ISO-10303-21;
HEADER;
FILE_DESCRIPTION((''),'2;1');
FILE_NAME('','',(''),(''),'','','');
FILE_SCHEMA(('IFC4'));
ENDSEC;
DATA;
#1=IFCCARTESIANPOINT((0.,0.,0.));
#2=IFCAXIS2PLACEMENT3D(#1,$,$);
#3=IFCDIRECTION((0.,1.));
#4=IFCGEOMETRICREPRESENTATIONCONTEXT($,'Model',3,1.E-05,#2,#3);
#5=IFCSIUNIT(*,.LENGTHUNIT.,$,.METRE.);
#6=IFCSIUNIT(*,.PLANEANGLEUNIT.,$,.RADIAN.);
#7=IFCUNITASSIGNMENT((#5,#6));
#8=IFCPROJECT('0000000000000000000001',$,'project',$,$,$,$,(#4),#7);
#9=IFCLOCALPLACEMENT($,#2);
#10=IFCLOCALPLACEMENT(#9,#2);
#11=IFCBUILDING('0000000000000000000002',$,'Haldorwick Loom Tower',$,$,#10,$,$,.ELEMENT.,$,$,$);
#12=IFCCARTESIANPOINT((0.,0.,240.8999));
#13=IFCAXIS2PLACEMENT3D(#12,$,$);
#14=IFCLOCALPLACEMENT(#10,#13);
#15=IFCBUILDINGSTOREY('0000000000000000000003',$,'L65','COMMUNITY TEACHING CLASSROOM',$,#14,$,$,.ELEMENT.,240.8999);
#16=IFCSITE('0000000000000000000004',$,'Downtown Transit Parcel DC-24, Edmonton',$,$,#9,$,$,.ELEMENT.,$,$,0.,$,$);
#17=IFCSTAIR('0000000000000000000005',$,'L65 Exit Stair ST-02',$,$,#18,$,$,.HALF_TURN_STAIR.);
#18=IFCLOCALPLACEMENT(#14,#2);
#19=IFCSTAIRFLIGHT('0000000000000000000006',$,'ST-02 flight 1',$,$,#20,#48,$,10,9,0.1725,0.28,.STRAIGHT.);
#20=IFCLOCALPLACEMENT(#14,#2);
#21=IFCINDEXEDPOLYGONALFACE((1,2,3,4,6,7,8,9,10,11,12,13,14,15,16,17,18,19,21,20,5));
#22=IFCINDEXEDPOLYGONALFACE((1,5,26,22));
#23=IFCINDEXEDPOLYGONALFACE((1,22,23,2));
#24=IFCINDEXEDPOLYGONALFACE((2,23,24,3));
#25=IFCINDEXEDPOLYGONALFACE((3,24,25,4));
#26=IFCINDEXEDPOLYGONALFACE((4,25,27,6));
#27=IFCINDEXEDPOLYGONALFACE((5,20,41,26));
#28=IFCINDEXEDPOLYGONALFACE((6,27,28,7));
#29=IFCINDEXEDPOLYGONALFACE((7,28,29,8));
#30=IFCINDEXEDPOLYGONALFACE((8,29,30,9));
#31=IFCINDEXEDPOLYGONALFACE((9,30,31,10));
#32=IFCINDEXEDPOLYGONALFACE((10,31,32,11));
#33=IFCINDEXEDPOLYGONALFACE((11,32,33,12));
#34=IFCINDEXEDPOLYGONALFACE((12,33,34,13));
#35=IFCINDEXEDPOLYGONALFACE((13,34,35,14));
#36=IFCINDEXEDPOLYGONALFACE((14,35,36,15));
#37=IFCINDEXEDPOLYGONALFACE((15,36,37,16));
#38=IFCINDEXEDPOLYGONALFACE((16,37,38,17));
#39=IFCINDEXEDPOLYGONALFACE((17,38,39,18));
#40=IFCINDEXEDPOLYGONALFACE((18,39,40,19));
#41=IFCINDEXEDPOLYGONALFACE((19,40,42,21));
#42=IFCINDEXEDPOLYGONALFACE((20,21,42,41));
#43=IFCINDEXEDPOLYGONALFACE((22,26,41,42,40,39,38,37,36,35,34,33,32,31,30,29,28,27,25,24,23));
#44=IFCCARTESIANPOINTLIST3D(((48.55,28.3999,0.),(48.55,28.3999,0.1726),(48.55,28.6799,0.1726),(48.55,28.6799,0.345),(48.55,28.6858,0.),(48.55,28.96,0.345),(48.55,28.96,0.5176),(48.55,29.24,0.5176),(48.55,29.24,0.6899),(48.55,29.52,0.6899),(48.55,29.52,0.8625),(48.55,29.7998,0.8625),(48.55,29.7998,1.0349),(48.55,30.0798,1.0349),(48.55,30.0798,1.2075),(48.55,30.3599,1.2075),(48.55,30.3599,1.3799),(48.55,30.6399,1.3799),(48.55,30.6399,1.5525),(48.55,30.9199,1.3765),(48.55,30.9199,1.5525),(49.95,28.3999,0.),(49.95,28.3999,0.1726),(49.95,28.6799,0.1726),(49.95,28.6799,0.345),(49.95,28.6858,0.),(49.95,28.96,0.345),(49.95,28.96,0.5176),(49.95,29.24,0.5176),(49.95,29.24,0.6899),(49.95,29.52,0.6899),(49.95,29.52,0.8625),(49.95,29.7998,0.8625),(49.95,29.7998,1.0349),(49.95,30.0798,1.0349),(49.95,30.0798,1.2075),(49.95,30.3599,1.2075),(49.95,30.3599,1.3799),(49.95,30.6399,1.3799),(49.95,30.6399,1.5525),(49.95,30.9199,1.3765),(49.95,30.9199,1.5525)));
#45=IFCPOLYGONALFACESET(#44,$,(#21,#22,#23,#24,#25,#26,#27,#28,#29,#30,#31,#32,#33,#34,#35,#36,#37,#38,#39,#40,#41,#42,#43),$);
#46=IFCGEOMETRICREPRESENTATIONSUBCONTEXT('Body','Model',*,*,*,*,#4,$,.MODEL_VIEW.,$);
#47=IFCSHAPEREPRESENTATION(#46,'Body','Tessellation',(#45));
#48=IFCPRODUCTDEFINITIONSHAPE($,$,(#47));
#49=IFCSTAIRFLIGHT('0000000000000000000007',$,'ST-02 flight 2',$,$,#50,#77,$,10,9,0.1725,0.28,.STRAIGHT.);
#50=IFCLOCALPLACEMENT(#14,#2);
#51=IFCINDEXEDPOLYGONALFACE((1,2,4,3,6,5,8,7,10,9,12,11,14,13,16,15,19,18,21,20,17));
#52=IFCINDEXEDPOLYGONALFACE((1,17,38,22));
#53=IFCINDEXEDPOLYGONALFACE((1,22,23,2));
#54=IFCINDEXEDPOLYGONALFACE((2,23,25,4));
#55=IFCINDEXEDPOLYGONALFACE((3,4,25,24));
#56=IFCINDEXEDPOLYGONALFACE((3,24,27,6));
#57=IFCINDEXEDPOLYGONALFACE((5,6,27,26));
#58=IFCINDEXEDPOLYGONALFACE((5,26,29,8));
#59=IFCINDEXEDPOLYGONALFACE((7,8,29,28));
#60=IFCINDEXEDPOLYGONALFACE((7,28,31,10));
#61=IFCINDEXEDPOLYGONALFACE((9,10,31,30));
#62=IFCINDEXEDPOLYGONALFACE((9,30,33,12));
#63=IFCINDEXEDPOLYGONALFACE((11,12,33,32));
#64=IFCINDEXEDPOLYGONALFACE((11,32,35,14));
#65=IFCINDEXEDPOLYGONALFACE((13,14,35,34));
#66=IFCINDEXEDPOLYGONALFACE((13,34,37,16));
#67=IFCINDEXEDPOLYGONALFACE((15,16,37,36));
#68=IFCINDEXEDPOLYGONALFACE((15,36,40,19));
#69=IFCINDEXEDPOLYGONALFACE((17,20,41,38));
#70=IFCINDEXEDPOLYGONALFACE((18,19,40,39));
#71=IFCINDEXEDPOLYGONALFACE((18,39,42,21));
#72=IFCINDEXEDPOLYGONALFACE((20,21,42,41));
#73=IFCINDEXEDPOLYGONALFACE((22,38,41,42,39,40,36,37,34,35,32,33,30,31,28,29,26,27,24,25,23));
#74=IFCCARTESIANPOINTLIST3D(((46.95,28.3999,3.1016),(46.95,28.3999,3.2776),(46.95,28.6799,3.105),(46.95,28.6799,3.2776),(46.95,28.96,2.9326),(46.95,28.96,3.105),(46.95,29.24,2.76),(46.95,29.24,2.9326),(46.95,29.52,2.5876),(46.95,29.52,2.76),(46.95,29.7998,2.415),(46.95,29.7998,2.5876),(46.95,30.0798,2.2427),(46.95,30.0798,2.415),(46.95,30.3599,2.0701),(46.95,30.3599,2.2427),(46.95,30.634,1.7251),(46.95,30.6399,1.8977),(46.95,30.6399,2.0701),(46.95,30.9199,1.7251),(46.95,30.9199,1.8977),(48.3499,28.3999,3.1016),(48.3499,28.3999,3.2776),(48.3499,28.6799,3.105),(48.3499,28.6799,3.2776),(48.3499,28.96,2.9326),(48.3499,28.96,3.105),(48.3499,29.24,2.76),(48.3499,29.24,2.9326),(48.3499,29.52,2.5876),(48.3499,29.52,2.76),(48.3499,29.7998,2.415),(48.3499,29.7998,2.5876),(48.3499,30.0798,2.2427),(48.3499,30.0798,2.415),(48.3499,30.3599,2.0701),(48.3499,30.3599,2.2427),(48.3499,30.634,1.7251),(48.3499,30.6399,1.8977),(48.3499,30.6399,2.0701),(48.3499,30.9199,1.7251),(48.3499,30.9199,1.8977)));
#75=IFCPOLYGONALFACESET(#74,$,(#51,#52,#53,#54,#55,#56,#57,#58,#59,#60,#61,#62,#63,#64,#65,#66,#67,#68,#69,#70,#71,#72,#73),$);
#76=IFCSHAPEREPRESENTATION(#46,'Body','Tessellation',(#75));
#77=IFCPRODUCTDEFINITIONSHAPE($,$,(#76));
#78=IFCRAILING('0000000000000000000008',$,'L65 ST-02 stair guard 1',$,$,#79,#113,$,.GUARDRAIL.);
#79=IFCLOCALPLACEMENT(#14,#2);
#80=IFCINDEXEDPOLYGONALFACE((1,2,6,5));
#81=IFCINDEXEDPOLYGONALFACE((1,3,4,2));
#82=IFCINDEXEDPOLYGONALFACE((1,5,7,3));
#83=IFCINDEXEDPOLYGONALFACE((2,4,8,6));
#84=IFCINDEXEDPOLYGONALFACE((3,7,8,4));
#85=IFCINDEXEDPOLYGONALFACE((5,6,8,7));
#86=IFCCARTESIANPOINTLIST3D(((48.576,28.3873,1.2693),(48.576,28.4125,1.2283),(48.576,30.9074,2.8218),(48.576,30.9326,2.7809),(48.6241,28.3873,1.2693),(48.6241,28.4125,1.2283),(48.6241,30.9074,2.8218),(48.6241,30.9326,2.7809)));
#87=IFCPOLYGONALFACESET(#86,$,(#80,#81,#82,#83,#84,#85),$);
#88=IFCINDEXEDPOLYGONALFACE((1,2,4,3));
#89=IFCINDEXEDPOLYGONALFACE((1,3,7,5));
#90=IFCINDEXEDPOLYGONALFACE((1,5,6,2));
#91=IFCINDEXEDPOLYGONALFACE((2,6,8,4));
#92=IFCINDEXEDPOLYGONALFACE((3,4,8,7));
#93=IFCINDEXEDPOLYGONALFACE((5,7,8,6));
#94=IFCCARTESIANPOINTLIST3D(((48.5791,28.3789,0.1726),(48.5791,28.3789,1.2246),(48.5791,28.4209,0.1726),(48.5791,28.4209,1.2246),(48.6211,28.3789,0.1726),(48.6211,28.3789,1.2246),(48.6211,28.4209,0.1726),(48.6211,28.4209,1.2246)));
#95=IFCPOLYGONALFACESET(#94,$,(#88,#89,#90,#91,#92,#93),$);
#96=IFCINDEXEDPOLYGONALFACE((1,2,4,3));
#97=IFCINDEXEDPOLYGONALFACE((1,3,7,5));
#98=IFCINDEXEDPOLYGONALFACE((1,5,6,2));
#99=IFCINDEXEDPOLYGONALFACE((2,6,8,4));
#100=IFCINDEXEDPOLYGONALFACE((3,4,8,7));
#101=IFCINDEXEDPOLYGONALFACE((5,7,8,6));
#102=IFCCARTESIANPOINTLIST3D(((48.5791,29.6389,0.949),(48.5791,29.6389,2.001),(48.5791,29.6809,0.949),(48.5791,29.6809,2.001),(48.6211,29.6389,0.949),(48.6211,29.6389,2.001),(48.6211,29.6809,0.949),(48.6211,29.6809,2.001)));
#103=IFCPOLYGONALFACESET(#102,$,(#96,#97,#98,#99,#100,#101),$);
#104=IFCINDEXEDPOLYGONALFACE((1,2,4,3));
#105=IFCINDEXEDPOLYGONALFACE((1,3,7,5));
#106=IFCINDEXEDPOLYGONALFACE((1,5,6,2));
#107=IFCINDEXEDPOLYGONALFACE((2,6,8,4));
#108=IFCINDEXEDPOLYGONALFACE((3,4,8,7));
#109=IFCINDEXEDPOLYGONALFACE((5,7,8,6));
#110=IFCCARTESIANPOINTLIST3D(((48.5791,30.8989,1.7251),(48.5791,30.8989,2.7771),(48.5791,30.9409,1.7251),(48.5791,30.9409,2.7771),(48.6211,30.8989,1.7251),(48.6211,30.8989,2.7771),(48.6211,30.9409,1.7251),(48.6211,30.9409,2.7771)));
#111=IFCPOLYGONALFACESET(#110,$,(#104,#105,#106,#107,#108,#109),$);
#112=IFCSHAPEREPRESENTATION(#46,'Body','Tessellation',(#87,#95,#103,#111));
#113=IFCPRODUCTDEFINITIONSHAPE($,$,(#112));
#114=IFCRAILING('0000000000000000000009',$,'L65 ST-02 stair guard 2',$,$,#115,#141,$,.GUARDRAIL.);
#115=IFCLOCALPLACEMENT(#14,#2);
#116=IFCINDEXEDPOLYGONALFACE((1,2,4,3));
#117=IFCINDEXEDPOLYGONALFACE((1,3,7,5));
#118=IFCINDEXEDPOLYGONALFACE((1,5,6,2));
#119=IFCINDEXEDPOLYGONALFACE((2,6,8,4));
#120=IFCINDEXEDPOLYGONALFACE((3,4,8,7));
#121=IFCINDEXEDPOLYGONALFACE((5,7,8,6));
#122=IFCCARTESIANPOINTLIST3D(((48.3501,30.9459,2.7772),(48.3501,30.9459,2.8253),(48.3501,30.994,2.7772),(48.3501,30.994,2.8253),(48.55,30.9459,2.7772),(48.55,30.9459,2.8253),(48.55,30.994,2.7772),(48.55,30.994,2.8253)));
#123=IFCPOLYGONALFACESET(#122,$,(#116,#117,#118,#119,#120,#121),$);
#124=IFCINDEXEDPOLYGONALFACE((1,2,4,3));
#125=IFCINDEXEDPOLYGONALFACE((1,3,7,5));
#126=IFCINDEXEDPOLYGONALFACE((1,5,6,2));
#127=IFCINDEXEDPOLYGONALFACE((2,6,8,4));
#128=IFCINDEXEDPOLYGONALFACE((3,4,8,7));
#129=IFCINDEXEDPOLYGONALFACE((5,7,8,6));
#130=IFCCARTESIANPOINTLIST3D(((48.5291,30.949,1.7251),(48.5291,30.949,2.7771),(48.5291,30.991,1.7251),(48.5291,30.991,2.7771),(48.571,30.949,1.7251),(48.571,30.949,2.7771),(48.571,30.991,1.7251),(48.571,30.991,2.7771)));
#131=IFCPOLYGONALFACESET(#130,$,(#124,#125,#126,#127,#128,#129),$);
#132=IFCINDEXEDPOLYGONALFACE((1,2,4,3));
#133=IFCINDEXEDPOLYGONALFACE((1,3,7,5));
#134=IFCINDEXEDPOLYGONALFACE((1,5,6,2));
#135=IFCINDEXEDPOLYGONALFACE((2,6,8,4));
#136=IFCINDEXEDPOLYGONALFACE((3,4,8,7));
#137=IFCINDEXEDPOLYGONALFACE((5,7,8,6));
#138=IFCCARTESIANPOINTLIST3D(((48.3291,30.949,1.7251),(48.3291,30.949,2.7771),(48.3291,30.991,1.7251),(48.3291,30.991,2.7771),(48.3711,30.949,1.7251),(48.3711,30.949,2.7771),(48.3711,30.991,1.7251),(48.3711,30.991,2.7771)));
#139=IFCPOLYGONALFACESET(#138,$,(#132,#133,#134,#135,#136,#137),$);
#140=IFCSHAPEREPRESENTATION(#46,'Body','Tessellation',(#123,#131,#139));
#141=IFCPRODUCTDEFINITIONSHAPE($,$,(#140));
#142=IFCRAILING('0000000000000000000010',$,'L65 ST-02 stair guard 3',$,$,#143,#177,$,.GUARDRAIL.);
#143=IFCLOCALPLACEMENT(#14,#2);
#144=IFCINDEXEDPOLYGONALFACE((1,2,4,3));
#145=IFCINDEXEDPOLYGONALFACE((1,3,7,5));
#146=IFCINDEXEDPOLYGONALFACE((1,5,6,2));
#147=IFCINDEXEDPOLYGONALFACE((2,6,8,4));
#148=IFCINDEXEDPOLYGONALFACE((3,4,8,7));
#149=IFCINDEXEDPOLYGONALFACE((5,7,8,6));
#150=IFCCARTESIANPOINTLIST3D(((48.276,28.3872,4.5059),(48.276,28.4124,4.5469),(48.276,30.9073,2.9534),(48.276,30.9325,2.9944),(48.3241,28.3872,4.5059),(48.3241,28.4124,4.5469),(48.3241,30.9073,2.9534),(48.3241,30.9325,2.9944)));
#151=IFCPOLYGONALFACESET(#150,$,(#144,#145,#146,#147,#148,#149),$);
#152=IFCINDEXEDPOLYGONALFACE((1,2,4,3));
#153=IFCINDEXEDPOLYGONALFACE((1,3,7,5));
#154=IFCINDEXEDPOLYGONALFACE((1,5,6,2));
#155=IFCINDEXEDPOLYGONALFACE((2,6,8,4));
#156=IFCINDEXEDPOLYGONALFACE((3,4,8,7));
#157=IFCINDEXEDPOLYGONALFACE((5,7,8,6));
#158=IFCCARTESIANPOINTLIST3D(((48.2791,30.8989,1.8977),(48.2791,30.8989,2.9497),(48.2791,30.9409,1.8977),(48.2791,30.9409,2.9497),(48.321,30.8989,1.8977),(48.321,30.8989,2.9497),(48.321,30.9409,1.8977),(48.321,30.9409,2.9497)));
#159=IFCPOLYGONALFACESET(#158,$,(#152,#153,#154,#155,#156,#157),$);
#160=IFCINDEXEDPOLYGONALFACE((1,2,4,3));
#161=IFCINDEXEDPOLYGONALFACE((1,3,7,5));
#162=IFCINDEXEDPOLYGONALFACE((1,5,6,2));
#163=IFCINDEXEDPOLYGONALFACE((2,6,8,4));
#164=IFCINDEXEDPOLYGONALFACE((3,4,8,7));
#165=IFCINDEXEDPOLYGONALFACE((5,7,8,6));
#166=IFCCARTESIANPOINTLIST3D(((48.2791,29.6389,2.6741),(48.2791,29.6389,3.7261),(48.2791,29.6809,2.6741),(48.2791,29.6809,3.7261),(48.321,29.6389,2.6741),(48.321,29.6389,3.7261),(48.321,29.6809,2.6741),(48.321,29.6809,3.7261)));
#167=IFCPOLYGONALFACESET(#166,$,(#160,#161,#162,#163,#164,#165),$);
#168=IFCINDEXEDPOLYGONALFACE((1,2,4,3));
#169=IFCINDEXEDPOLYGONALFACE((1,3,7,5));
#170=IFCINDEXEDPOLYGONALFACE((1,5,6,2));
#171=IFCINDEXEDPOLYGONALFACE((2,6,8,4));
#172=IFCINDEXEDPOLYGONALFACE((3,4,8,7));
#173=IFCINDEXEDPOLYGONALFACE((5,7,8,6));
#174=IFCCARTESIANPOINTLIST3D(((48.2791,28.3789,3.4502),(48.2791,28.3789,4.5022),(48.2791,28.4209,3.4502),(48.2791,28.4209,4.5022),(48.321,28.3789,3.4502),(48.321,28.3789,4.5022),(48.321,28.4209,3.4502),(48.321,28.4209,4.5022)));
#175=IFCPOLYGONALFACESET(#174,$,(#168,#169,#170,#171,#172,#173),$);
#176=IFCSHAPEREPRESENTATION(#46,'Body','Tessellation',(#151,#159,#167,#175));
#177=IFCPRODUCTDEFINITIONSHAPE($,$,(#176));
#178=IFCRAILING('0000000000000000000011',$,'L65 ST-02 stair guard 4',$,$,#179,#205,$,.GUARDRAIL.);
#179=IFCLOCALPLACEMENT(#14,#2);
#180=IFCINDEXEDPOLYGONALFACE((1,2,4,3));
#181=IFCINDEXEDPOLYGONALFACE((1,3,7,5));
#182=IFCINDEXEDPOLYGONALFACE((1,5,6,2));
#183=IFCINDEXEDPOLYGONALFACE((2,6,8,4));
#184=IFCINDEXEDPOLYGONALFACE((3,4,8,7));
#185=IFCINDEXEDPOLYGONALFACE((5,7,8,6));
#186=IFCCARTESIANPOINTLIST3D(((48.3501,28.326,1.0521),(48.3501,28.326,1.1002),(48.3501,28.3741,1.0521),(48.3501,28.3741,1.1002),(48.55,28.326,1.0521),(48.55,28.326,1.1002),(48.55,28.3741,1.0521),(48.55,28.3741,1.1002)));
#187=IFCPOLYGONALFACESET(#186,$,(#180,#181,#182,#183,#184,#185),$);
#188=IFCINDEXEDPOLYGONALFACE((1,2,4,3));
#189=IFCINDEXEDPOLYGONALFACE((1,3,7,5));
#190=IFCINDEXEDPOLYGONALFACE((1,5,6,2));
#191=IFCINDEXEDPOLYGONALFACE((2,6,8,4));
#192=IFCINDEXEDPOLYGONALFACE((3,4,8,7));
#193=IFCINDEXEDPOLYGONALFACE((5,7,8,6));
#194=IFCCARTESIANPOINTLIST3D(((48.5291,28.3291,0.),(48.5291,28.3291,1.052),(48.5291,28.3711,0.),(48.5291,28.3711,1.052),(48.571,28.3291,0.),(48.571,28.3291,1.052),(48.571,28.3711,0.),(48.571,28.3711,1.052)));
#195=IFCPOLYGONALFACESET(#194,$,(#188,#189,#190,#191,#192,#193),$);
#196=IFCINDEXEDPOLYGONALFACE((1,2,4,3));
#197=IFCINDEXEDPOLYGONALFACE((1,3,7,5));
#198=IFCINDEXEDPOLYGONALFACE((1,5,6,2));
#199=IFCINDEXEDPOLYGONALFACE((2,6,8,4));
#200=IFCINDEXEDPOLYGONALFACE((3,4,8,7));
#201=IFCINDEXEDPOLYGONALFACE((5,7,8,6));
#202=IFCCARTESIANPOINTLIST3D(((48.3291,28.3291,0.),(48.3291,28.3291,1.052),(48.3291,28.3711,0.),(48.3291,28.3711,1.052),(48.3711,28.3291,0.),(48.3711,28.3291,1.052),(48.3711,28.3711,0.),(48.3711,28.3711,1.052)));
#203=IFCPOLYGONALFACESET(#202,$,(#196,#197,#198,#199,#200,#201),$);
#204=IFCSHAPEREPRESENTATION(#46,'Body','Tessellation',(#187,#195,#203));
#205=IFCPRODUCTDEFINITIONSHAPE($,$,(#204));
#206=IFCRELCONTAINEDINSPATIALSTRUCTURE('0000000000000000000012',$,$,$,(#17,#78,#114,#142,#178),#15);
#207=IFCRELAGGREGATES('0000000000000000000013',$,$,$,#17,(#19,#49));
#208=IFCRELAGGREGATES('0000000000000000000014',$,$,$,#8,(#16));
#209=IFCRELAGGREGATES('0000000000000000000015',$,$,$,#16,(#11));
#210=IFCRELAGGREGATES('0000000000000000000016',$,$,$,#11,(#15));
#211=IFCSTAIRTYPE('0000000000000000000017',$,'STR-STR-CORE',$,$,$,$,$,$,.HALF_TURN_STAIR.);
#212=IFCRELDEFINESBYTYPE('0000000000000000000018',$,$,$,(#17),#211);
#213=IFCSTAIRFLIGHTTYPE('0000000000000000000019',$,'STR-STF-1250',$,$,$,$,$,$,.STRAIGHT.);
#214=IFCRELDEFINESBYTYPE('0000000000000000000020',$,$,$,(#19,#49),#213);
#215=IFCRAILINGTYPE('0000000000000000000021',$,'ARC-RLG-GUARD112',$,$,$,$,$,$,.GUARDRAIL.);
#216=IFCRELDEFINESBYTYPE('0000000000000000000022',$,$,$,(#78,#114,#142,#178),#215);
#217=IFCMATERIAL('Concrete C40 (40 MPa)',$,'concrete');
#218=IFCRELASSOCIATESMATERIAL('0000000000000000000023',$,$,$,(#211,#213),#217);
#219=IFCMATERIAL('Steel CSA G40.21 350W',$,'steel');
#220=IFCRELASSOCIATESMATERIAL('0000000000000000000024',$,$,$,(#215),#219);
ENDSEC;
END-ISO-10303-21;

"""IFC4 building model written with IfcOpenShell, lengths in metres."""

from ifc_helpers import new_model, si_unit, direction, frame, origin, origin_2d, place, context, subcontext, project, spatial, polyline, rectangle, outline, extrude, material, type_object, element, aggregate, save


model = new_model("IFC4")

# Units and contexts
model_context = context("Model", 3, precision=1e-05, world=origin(), true_north=direction((0.0, 1.0)))
body_context = subcontext(model_context, "Body", "Model", "MODEL_VIEW")
ifc_project = project(units=[si_unit("LENGTHUNIT", "METRE"), si_unit("PLANEANGLEUNIT", "RADIAN")], contexts=[model_context])

# Site, building, storey
site_placement = place(None, origin())
site = spatial("IfcSite", under=ifc_project, at=site_placement, Name="Downtown Transit Parcel DC-24, Edmonton", CompositionType="ELEMENT", RefElevation=0.0)
building_placement = place(site_placement, origin())
building = spatial("IfcBuilding", under=site, at=building_placement, Name="Haldorwick Loom Tower", CompositionType="ELEMENT")
storey_placement = place(building_placement, frame((0.0, 0.0, 240.8999)))
storey = spatial("IfcBuildingStorey", under=building, at=storey_placement, Name="L65", Description="COMMUNITY TEACHING CLASSROOM", CompositionType="ELEMENT", Elevation=240.8999)

# Shared definitions
ifc_material_1 = material(Name="Steel CSA G40.21 350W", Category="steel")

# Stair, stair flights
ifc_material_2 = material(Name="Concrete C40 (40 MPa)", Category="concrete")
stair_type = type_object("IfcStairType", Name="STR-STR-CORE", PredefinedType="HALF_TURN_STAIR", material=ifc_material_2)
stair_placement = place(storey_placement, origin())
stair = element("IfcStair", 1, at=stair_placement, inside=storey, type_object=stair_type, Name="L65 Exit Stair ST-02", PredefinedType="HALF_TURN_STAIR")
stair_flight_type = type_object("IfcStairFlightType", Name="STR-STF-1250", PredefinedType="STRAIGHT", material=ifc_material_2)
stair_flight_1_placement = place(storey_placement, frame((49.25, 28.3999, 0.0), z_axis=(0.0, 0.0, 1.0), x_axis=(0.0, 1.0, 0.0)))
stair_flight_1 = element("IfcStairFlight", 2, at=stair_flight_1_placement, type_object=stair_flight_type, Name="ST-02 flight 1", NumberOfRisers=10, NumberOfTreads=9, PredefinedType="STRAIGHT", RiserHeight=0.1725, TreadLength=0.28, context=body_context, shape_type="SweptSolid", body=[
    extrude(outline(polyline([(0.0, 0.0), (0.0, 0.1726), (0.28, 0.1726), (0.28, 0.345), (0.5601, 0.345), (0.5601, 0.5176), (0.8401, 0.5176), (0.8401, 0.6899), (1.1201, 0.6899), (1.1201, 0.8625), (1.3999, 0.8625), (1.3999, 1.0349), (1.6799, 1.0349), (1.6799, 1.2075), (1.96, 1.2075), (1.96, 1.3799), (2.24, 1.3799), (2.24, 1.5525), (2.52, 1.5525), (2.52, 1.7251), (2.52, 1.3765), (0.2859, 0.0), (0.0, 0.0)])), frame((0.0, 0.7, 0.0), z_axis=(0.0, -1.0, 0.0), x_axis=(1.0, 0.0, 0.0)), (0.0, 0.0, 1.0), 1.3999),
])
stair_flight_2_placement = place(storey_placement, frame((47.6499, 30.9199, 1.7251), z_axis=(0.0, 0.0, 1.0), x_axis=(0.0, -1.0, 0.0)))
stair_flight_2 = element("IfcStairFlight", 3, at=stair_flight_2_placement, type_object=stair_flight_type, Name="ST-02 flight 2", NumberOfRisers=10, NumberOfTreads=9, PredefinedType="STRAIGHT", RiserHeight=0.1725, TreadLength=0.28, context=body_context, shape_type="SweptSolid", body=[
    extrude(outline(polyline([(0.0, 0.0), (0.0, 0.1726), (0.28, 0.1726), (0.28, 0.345), (0.5601, 0.345), (0.5601, 0.5176), (0.8401, 0.5176), (0.8401, 0.6899), (1.1201, 0.6899), (1.1201, 0.8625), (1.3999, 0.8625), (1.3999, 1.0349), (1.6799, 1.0349), (1.6799, 1.2075), (1.96, 1.2075), (1.96, 1.3799), (2.24, 1.3799), (2.24, 1.5525), (2.52, 1.5525), (2.52, 1.7251), (2.52, 1.3765), (0.2859, 0.0), (0.0, 0.0)])), frame((0.0, 0.7, 0.0), z_axis=(0.0, -1.0, 0.0), x_axis=(1.0, 0.0, 0.0)), (0.0, 0.0, 1.0), 1.3999),
])
aggregate(stair, [stair_flight_1, stair_flight_2])

# Railings
railing_type_1 = type_object("IfcRailingType", Name="ARC-RLG-GUARD112", PredefinedType="GUARDRAIL", material=ifc_material_1)
railing_1_placement = place(storey_placement, frame((48.6001, 28.3999, 0.1726)))
element("IfcRailing", 4, at=railing_1_placement, inside=storey, type_object=railing_type_1, Name="L65 ST-02 stair guard 1", PredefinedType="GUARDRAIL", context=body_context, shape_type="SweptSolid", body=[
    extrude(rectangle(XDim=0.0481, YDim=0.0481, at=origin_2d()), frame((0.0, 0.0, 1.0762), z_axis=(0.0, 0.8514, 0.524516), x_axis=(-1.0, 0.0, 0.0)), (0.0, 0.0, 1.0), 2.96),
    extrude(rectangle(XDim=0.042, YDim=0.042, at=origin_2d()), origin(), (0.0, 0.0, 1.0), 1.052),
    extrude(rectangle(XDim=0.042, YDim=0.042, at=origin_2d()), frame((0.0, 1.26, 0.7764)), (0.0, 0.0, 1.0), 1.052),
    extrude(rectangle(XDim=0.042, YDim=0.042, at=origin_2d()), frame((0.0, 2.52, 1.5525)), (0.0, 0.0, 1.0), 1.052),
])
railing_2_placement = place(storey_placement, frame((48.55, 30.97, 1.7251)))
element("IfcRailing", 5, at=railing_2_placement, inside=storey, type_object=railing_type_1, Name="L65 ST-02 stair guard 2", PredefinedType="GUARDRAIL", context=body_context, shape_type="SweptSolid", body=[
    extrude(rectangle(XDim=0.0481, YDim=0.0481, at=origin_2d()), frame((0.0, 0.0, 1.0762), z_axis=(-1.0, 0.0, 0.0), x_axis=(0.0, -1.0, 0.0)), (0.0, 0.0, 1.0), 0.2),
    extrude(rectangle(XDim=0.042, YDim=0.042, at=origin_2d()), origin(), (0.0, 0.0, 1.0), 1.052),
    extrude(rectangle(XDim=0.042, YDim=0.042, at=origin_2d()), frame((-0.2, 0.0, 0.0)), (0.0, 0.0, 1.0), 1.052),
])
railing_3_placement = place(storey_placement, frame((48.3, 30.9199, 1.8977)))
element("IfcRailing", 6, at=railing_3_placement, inside=storey, type_object=railing_type_1, Name="L65 ST-02 stair guard 3", PredefinedType="GUARDRAIL", context=body_context, shape_type="SweptSolid", body=[
    extrude(rectangle(XDim=0.0481, YDim=0.0481, at=origin_2d()), frame((0.0, 0.0, 1.0762), z_axis=(0.0, -0.8514, 0.524516), x_axis=(1.0, 0.0, 0.0)), (0.0, 0.0, 1.0), 2.96),
    extrude(rectangle(XDim=0.042, YDim=0.042, at=origin_2d()), origin(), (0.0, 0.0, 1.0), 1.052),
    extrude(rectangle(XDim=0.042, YDim=0.042, at=origin_2d()), frame((0.0, -1.26, 0.7764)), (0.0, 0.0, 1.0), 1.052),
    extrude(rectangle(XDim=0.042, YDim=0.042, at=origin_2d()), frame((0.0, -2.52, 1.5525)), (0.0, 0.0, 1.0), 1.052),
])
railing_4_placement = place(storey_placement, frame((48.55, 28.3501, 0.0)))
element("IfcRailing", 7, at=railing_4_placement, inside=storey, type_object=railing_type_1, Name="L65 ST-02 stair guard 4", PredefinedType="GUARDRAIL", context=body_context, shape_type="SweptSolid", body=[
    extrude(rectangle(XDim=0.0481, YDim=0.0481, at=origin_2d()), frame((0.0, 0.0, 1.0762), z_axis=(-1.0, 0.0, 0.0), x_axis=(0.0, -1.0, 0.0)), (0.0, 0.0, 1.0), 0.2),
    extrude(rectangle(XDim=0.042, YDim=0.042, at=origin_2d()), origin(), (0.0, 0.0, 1.0), 1.052),
    extrude(rectangle(XDim=0.042, YDim=0.042, at=origin_2d()), frame((-0.2, 0.0, 0.0)), (0.0, 0.0, 1.0), 1.052),
])

save(model, "model.ifc")
